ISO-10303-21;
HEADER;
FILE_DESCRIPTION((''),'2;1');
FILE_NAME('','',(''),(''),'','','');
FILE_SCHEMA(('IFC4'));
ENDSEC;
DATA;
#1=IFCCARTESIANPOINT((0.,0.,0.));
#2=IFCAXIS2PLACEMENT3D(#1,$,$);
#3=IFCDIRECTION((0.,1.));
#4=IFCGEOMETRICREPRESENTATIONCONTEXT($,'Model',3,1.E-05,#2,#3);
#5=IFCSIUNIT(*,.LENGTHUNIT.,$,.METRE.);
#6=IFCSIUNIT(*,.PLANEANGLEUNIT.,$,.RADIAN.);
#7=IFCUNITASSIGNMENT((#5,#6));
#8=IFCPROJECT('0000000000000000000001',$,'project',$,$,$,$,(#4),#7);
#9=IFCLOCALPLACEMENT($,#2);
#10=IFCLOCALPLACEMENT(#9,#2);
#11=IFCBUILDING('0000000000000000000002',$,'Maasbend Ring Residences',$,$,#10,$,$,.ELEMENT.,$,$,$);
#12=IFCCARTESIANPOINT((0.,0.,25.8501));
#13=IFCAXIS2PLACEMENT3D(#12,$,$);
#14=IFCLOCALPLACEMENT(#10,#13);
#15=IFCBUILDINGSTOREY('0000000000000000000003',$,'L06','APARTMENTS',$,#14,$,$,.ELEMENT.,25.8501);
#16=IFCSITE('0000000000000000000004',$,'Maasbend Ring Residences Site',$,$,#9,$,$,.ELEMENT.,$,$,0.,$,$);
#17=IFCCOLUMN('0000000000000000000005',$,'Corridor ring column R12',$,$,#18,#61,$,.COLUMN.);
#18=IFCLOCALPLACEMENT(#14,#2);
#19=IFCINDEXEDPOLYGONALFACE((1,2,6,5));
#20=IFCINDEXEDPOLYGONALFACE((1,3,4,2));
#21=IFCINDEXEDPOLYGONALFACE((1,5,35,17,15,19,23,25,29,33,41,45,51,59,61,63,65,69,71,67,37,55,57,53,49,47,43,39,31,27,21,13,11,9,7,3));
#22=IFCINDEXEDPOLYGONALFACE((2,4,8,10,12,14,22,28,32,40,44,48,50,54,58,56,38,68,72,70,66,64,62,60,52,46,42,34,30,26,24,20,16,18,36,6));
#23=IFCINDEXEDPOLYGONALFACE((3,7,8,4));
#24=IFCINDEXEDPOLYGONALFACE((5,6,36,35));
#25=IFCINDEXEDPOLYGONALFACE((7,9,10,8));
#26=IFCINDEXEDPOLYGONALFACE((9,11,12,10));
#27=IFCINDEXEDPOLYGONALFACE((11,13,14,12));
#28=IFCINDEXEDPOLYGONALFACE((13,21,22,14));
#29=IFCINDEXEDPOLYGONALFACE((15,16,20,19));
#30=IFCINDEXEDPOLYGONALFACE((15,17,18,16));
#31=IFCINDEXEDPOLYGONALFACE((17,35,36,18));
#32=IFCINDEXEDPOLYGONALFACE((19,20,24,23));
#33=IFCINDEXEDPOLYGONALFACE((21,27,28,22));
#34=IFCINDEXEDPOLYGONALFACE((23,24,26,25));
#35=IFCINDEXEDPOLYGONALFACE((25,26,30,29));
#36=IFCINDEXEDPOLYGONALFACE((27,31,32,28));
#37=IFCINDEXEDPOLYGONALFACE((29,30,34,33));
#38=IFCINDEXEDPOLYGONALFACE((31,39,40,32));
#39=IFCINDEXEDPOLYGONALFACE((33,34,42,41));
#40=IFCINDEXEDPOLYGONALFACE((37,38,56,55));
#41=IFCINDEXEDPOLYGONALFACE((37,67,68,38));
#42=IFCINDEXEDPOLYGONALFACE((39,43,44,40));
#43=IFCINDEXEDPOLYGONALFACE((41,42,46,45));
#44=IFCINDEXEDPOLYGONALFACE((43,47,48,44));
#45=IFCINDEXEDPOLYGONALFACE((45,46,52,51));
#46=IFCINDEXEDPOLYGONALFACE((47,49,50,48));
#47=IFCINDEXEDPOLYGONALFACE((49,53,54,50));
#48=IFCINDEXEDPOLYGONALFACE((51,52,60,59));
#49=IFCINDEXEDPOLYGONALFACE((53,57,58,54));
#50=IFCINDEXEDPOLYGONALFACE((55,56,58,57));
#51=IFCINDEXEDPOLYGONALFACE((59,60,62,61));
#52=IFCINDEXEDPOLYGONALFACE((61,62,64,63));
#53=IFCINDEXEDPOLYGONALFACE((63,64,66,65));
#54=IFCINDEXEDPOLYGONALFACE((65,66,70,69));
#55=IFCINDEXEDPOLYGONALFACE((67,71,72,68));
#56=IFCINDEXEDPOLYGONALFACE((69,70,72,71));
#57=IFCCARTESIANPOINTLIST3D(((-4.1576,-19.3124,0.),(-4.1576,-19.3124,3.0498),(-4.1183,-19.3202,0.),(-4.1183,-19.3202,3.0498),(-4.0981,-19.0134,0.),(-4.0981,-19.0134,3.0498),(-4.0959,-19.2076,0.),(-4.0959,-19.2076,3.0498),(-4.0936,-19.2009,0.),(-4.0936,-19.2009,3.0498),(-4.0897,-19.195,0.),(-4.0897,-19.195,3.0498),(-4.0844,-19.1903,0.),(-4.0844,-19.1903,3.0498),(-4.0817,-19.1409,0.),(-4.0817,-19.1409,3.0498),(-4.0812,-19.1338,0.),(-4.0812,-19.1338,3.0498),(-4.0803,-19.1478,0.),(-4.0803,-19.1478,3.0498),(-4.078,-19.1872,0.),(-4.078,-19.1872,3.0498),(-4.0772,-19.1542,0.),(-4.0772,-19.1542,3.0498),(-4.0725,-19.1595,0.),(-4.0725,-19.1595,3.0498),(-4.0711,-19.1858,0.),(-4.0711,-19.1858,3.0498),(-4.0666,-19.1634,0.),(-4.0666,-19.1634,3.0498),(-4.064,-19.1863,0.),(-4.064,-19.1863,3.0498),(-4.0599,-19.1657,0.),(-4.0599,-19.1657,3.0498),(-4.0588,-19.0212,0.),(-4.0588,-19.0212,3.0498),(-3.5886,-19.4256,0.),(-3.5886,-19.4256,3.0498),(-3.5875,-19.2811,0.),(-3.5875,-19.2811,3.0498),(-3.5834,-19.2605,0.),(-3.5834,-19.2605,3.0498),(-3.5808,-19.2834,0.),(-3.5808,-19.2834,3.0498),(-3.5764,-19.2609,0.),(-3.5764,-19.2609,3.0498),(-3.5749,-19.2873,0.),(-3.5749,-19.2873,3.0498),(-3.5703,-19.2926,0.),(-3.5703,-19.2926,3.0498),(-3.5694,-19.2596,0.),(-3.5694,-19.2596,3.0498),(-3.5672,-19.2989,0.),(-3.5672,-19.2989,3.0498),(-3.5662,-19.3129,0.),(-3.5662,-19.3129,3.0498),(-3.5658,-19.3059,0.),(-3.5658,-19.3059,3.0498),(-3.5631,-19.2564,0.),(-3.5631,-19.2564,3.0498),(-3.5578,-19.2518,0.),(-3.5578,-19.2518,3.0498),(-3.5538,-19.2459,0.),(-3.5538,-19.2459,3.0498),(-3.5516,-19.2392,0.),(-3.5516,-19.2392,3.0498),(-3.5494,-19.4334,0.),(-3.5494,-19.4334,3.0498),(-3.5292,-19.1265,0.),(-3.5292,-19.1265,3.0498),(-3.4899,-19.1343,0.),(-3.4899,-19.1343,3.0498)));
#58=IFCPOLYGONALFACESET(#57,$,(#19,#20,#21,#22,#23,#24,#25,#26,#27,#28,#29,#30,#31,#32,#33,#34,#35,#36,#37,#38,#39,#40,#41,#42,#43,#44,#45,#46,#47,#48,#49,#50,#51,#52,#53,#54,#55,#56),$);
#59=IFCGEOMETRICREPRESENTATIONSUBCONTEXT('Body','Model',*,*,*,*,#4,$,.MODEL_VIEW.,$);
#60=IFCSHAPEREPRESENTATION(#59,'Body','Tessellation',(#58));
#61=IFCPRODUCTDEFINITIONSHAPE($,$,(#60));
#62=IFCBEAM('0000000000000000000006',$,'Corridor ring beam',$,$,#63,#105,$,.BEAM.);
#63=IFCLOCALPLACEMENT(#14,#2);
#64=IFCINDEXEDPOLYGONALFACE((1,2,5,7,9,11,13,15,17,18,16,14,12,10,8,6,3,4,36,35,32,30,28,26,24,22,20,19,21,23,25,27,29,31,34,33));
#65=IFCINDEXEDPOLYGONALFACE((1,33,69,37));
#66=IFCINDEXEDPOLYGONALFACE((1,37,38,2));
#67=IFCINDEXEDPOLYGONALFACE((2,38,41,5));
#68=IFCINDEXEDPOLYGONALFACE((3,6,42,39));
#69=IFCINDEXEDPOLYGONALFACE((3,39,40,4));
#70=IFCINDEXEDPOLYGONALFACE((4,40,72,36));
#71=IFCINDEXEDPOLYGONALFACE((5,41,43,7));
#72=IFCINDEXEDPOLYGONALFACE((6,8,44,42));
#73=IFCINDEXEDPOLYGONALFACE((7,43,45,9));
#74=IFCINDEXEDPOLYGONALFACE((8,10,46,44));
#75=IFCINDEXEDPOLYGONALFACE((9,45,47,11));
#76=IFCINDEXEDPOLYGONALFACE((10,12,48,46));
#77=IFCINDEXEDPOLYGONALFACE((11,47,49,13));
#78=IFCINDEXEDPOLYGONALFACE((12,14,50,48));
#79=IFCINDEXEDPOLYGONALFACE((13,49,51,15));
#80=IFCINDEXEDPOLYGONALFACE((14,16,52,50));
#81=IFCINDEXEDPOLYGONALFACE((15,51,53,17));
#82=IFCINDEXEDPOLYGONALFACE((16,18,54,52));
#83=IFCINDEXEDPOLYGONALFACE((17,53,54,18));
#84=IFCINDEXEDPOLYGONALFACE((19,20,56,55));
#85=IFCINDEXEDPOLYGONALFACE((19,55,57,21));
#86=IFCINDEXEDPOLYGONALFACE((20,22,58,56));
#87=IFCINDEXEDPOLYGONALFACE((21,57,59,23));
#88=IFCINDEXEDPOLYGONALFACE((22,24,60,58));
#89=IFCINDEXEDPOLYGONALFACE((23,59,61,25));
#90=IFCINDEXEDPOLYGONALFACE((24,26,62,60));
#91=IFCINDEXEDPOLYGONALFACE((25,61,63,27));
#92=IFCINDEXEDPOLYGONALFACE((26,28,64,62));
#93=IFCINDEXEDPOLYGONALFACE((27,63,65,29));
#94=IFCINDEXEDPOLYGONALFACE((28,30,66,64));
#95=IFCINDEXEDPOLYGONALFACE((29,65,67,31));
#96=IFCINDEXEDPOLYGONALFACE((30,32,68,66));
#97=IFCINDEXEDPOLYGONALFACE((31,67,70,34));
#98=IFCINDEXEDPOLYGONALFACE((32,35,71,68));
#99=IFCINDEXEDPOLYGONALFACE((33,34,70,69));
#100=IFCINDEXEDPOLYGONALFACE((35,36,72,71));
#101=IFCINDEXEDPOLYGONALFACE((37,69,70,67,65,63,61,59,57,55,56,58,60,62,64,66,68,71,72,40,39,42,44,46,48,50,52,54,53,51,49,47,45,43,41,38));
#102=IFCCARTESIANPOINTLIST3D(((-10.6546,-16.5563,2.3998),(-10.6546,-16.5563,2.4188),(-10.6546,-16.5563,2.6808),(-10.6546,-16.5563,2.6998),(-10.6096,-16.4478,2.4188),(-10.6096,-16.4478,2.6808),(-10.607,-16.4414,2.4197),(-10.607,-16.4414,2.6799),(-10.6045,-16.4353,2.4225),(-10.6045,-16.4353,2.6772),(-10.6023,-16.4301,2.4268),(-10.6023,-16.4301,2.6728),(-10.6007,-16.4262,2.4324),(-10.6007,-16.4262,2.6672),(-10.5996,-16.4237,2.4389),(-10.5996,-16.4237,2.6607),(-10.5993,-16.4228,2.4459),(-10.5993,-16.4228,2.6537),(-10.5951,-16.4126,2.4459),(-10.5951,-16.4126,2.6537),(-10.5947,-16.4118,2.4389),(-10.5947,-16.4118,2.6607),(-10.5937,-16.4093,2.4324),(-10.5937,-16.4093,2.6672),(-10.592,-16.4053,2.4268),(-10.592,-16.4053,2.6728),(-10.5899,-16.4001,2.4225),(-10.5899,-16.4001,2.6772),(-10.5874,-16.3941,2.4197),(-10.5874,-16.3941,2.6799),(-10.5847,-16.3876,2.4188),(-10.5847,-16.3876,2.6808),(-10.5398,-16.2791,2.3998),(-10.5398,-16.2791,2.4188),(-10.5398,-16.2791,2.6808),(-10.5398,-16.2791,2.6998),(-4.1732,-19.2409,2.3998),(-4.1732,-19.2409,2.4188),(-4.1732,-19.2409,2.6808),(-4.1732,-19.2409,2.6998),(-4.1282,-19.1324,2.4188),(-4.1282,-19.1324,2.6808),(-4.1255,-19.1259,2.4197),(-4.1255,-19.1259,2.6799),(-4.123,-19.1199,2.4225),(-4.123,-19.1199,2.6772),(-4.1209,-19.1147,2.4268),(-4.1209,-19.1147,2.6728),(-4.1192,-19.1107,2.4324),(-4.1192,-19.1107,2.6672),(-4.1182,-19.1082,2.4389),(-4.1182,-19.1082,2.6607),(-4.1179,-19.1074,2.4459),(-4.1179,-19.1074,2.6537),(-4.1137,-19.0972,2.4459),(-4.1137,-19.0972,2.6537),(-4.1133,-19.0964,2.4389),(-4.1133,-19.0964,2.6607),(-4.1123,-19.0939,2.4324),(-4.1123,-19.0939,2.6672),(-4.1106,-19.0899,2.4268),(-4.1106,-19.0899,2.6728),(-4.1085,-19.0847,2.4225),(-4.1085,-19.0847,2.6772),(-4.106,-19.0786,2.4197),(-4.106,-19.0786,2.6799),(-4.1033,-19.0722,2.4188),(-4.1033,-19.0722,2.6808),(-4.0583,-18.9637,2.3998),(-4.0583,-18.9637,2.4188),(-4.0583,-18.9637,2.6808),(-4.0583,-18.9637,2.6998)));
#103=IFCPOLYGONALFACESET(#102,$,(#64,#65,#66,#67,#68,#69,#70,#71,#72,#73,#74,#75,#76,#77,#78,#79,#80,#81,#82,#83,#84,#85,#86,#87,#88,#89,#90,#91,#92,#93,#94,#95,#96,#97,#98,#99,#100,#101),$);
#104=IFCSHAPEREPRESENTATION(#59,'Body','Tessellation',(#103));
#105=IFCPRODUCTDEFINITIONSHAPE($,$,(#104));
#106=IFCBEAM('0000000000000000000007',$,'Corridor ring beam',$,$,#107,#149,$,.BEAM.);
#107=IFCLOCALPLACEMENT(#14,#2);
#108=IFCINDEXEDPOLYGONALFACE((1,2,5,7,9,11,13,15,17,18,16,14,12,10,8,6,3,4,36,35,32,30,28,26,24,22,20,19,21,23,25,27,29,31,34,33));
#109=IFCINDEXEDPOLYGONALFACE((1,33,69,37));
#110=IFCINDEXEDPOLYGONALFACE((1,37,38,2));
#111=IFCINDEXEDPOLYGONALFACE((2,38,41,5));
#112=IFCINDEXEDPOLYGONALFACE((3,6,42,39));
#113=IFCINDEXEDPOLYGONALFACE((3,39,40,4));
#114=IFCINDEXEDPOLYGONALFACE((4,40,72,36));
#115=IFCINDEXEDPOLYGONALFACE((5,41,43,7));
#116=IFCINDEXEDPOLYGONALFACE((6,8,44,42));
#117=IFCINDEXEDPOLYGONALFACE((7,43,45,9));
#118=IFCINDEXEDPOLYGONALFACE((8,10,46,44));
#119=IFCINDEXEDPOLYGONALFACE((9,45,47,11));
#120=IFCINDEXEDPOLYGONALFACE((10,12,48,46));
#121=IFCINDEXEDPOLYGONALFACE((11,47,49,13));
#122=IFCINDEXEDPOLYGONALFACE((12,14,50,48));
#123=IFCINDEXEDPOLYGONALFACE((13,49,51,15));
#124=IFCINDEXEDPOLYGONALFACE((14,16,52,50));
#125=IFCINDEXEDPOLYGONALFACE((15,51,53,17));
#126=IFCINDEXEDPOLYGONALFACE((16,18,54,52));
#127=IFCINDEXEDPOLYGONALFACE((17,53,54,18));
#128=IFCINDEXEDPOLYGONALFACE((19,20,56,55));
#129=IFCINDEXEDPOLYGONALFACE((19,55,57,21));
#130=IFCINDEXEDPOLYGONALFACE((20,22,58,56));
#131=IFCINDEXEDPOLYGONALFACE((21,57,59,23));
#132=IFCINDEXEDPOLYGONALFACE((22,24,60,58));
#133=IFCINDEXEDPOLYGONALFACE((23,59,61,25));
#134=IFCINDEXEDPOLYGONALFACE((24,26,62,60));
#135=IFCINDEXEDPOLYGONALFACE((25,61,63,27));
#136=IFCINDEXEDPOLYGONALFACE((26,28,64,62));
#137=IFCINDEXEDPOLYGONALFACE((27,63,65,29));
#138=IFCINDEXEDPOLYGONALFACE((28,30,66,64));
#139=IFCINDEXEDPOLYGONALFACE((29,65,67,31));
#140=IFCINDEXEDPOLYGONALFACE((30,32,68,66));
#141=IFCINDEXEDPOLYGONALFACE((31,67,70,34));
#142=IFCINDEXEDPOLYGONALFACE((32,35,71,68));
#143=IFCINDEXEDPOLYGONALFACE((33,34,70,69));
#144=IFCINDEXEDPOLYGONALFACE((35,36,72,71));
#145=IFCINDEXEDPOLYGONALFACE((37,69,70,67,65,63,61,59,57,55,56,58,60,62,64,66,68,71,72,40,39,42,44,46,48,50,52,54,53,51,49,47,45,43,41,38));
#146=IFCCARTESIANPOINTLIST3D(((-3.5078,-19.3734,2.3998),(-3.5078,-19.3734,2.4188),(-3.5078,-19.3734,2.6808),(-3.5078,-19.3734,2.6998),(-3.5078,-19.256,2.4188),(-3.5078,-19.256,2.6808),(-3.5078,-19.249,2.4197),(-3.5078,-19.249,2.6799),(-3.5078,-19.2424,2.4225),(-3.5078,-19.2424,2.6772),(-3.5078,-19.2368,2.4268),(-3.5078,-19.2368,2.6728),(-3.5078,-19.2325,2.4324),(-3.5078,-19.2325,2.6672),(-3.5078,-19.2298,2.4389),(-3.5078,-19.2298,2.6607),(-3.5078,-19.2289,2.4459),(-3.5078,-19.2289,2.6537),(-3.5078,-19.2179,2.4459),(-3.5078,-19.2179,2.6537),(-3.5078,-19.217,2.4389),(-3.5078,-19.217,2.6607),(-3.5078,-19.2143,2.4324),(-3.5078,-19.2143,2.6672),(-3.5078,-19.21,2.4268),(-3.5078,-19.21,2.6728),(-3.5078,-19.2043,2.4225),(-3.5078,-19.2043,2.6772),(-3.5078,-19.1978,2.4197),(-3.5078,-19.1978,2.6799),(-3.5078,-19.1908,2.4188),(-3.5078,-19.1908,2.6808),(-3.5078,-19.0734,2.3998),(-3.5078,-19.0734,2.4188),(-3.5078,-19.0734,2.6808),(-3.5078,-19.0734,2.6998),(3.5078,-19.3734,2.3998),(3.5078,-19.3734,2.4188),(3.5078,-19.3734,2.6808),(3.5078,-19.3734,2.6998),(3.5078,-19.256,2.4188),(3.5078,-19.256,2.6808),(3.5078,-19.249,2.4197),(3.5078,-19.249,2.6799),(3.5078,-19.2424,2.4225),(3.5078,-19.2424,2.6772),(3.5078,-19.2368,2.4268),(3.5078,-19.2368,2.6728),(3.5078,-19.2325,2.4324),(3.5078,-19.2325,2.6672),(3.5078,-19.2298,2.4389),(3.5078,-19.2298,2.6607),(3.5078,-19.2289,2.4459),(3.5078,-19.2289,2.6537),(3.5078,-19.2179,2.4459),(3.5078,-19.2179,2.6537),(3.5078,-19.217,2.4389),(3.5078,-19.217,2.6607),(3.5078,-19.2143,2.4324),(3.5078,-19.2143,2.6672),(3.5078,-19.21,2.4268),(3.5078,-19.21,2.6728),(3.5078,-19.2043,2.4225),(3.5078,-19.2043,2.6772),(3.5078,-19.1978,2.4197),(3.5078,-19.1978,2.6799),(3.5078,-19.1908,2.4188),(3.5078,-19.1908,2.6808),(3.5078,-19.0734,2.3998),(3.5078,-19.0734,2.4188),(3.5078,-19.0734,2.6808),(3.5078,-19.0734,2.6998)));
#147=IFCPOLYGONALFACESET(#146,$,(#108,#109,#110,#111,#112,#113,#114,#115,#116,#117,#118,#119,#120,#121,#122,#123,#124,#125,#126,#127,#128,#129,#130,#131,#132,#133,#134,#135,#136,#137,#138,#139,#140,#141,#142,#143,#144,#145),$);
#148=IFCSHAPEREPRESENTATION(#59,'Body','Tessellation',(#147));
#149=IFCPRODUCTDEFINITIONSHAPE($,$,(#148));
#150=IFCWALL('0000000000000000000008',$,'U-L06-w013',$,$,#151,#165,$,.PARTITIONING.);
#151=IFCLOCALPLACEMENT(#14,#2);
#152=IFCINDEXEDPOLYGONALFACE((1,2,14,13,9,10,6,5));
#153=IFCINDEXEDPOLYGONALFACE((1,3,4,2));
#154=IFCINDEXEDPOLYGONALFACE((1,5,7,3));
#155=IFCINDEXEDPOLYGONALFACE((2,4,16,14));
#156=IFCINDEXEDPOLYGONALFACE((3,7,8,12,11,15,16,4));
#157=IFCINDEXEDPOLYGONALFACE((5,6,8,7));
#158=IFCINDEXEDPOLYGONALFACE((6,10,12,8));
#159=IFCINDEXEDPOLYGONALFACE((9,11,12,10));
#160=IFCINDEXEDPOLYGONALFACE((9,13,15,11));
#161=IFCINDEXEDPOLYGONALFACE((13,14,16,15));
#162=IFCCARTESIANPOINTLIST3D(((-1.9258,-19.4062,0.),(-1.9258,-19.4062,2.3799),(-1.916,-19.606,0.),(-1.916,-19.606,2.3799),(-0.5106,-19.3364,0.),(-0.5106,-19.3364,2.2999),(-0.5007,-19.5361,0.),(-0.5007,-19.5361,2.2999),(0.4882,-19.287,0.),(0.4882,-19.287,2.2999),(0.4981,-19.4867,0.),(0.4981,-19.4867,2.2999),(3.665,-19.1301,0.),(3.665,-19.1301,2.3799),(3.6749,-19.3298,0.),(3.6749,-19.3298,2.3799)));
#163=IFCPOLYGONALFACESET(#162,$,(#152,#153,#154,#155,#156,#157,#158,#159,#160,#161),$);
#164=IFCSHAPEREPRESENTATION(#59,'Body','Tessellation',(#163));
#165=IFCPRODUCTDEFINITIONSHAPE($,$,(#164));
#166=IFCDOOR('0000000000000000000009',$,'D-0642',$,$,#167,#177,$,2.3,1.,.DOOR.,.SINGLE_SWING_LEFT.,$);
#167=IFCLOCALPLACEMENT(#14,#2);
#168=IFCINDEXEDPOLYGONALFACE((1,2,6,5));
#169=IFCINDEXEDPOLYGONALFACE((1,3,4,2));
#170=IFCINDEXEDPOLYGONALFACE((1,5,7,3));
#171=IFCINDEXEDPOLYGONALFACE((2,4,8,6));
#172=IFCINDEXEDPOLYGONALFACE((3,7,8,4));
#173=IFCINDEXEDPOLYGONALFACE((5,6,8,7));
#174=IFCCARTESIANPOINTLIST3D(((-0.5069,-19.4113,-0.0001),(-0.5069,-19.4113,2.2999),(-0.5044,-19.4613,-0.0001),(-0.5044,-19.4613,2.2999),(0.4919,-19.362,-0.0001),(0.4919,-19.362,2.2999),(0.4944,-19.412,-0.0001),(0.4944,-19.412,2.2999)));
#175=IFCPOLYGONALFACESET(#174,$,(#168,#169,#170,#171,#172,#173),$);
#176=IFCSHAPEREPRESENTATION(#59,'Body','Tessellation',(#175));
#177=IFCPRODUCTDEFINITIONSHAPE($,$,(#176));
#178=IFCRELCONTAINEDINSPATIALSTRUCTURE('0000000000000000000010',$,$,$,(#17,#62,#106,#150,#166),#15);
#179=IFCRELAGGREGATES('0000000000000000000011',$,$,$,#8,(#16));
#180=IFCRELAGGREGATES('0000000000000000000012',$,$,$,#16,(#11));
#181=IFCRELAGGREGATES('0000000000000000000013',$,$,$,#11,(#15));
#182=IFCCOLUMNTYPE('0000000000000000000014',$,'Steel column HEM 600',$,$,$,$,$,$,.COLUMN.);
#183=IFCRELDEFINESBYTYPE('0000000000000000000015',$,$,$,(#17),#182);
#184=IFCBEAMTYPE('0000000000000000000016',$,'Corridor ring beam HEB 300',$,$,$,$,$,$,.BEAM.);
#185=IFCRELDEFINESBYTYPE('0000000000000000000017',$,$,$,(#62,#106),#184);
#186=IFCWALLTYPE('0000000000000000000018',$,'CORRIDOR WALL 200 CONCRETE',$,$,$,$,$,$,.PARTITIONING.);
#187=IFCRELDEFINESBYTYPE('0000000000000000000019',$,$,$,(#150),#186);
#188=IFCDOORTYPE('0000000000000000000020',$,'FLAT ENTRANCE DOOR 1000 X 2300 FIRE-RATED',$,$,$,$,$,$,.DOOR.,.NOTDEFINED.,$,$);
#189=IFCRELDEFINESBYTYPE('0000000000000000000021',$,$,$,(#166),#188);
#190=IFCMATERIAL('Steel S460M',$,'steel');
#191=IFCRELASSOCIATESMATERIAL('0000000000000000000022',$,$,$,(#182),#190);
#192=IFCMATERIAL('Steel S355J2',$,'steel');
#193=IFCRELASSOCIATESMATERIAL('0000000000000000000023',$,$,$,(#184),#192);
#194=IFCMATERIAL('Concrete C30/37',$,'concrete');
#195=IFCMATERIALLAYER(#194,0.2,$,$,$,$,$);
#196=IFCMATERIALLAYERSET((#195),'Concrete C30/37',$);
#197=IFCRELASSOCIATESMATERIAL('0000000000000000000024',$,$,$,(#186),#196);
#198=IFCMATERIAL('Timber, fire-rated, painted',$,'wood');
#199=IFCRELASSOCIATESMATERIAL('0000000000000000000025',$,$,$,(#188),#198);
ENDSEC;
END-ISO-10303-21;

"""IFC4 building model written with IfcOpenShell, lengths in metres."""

from ifc_helpers import new_model, si_unit, direction, frame, frame_2d, origin, origin_2d, place, context, subcontext, project, spatial, rectangle, i_section, extrude, material, layer, layer_set, material_profile, profile_set, type_object, element, fill, save


model = new_model("IFC4")

# Units and contexts
model_context = context("Model", 3, precision=1e-05, world=origin(), true_north=direction((0.0, 1.0)))
body_context = subcontext(model_context, "Body", "Model", "MODEL_VIEW")
ifc_project = project(units=[si_unit("LENGTHUNIT", "METRE"), si_unit("PLANEANGLEUNIT", "RADIAN")], contexts=[model_context])

# Site, building, storey
site_placement = place(None, origin())
site = spatial("IfcSite", under=ifc_project, at=site_placement, Name="Maasbend Ring Residences Site", CompositionType="ELEMENT", RefElevation=0.0)
building_placement = place(site_placement, origin())
building = spatial("IfcBuilding", under=site, at=building_placement, Name="Maasbend Ring Residences", CompositionType="ELEMENT")
storey_placement = place(building_placement, frame((0.0, 0.0, 25.8501)))
storey = spatial("IfcBuildingStorey", under=building, at=storey_placement, Name="L06", Description="APARTMENTS", CompositionType="ELEMENT", Elevation=25.8501)

# Column
ifc_material_1 = material(Name="Steel S460M", Category="steel")
ifc_material_profile_1 = material_profile(ifc_material_1, i_section(OverallWidth=0.3049, OverallDepth=0.6201, WebThickness=0.021, FlangeThickness=0.04, FilletRadius=0.0271, at=origin_2d()), Name="HEM 600")
ifc_profile_set_1 = profile_set([ifc_material_profile_1], Name="Steel S460M")
column_type = type_object("IfcColumnType", Name="Steel column HEM 600", PredefinedType="COLUMN", material=ifc_profile_set_1)
column_placement = place(storey_placement, frame((-3.8237, -19.2234, 0.0), z_axis=(0.0, 0.0, 1.0), x_axis=(-0.19509, -0.980785, 0.0)))
element("IfcColumn", 1, at=column_placement, inside=storey, type_object=column_type, Name="Corridor ring column R12", PredefinedType="COLUMN", context=body_context, shape_type="SweptSolid", body=[
    extrude(i_section(OverallWidth=0.3049, OverallDepth=0.6201, WebThickness=0.021, FlangeThickness=0.04, FilletRadius=0.0271, at=origin_2d()), origin(), (0.0, 0.0, 1.0), 3.0498),
])

# Beams
ifc_material_2 = material(Name="Steel S355J2", Category="steel")
ifc_material_profile_2 = material_profile(ifc_material_2, i_section(OverallWidth=0.3, OverallDepth=0.3, WebThickness=0.011, FlangeThickness=0.019, FilletRadius=0.0271, at=origin_2d()), Name="HEB 300")
ifc_profile_set_2 = profile_set([ifc_material_profile_2], Name="Steel S355J2")
beam_type = type_object("IfcBeamType", Name="Corridor ring beam HEB 300", PredefinedType="BEAM", material=ifc_profile_set_2)
beam_1_placement = place(storey_placement, frame((-10.5972, -16.4177, 2.5498), z_axis=(0.923886, -0.382667, 0.0), x_axis=(0.382667, 0.923886, 0.0)))
element("IfcBeam", 2, at=beam_1_placement, inside=storey, type_object=beam_type, Name="Corridor ring beam", PredefinedType="BEAM", context=body_context, shape_type="SweptSolid", body=[
    extrude(i_section(OverallWidth=0.3, OverallDepth=0.3, WebThickness=0.011, FlangeThickness=0.019, FilletRadius=0.0271, at=origin_2d()), origin(), (0.0, 0.0, 1.0), 7.0154),
])
beam_2_placement = place(storey_placement, frame((-3.5078, -19.2234, 2.5498), z_axis=(1.0, 0.0, 0.0), x_axis=(0.0, 1.0, 0.0)))
element("IfcBeam", 3, at=beam_2_placement, inside=storey, type_object=beam_type, Name="Corridor ring beam", PredefinedType="BEAM", context=body_context, shape_type="SweptSolid", body=[
    extrude(i_section(OverallWidth=0.3, OverallDepth=0.3, WebThickness=0.011, FlangeThickness=0.019, FilletRadius=0.0271, at=origin_2d()), origin(), (0.0, 0.0, 1.0), 7.0156),
])

# Wall, opening, door
ifc_material_3 = material(Name="Concrete C30/37", Category="concrete")
ifc_layer_1 = layer(ifc_material_3, 0.2)
ifc_layer_set_1 = layer_set([ifc_layer_1], Name="Concrete C30/37")
wall_type_1 = type_object("IfcWallType", Name="CORRIDOR WALL 200 CONCRETE", PredefinedType="PARTITIONING", material=ifc_layer_set_1)
wall_1_placement = place(storey_placement, frame((-1.9209, -19.5061, 0.0), z_axis=(0.0, 0.0, 1.0), x_axis=(0.998783, 0.049329, 0.0)))
wall_1 = element("IfcWall", 4, at=wall_1_placement, inside=storey, type_object=wall_type_1, Name="U-L06-w013", PredefinedType="PARTITIONING", context=body_context, shape_type="SweptSolid", body=[
    extrude(rectangle(XDim=5.5977, YDim=0.2, at=frame_2d((2.7988, 0.0))), origin(), (0.0, 0.0, 1.0), 2.3799),
])
opening_1_placement = place(wall_1_placement, frame((1.417, 0.0, 0.0)))
opening_1 = element("IfcOpeningElement", 5, at=opening_1_placement, cuts=wall_1, PredefinedType="OPENING", context=body_context, shape_type="SweptSolid", body=[
    extrude(rectangle(XDim=1.0, YDim=2.3, at=frame_2d((0.5, 1.1499))), frame((0.0, 0.1099, 0.0), z_axis=(0.0, -1.0, 0.0), x_axis=(1.0, 0.0, 0.0)), (0.0, 0.0, 1.0), 0.22),
])
ifc_material_4 = material(Name="Timber, fire-rated, painted", Category="wood")
door_type_1 = type_object("IfcDoorType", Name="FLAT ENTRANCE DOOR 1000 X 2300 FIRE-RATED", OperationType="NOTDEFINED", PredefinedType="DOOR", material=ifc_material_4)
door_1_placement = place(opening_1_placement, origin())
door_1 = element("IfcDoor", 6, at=door_1_placement, inside=storey, type_object=door_type_1, Name="D-0642", OperationType="SINGLE_SWING_LEFT", OverallHeight=2.3, OverallWidth=1.0, PredefinedType="DOOR", context=body_context, shape_type="SweptSolid", body=[
    extrude(rectangle(XDim=1.0, YDim=2.3, at=frame_2d((0.5, 1.1499))), frame((0.0, 0.0249, 0.0), z_axis=(0.0, -1.0, 0.0), x_axis=(1.0, 0.0, 0.0)), (0.0, 0.0, 1.0), 0.05),
])
fill(opening_1, door_1)

save(model, "model.ifc")
